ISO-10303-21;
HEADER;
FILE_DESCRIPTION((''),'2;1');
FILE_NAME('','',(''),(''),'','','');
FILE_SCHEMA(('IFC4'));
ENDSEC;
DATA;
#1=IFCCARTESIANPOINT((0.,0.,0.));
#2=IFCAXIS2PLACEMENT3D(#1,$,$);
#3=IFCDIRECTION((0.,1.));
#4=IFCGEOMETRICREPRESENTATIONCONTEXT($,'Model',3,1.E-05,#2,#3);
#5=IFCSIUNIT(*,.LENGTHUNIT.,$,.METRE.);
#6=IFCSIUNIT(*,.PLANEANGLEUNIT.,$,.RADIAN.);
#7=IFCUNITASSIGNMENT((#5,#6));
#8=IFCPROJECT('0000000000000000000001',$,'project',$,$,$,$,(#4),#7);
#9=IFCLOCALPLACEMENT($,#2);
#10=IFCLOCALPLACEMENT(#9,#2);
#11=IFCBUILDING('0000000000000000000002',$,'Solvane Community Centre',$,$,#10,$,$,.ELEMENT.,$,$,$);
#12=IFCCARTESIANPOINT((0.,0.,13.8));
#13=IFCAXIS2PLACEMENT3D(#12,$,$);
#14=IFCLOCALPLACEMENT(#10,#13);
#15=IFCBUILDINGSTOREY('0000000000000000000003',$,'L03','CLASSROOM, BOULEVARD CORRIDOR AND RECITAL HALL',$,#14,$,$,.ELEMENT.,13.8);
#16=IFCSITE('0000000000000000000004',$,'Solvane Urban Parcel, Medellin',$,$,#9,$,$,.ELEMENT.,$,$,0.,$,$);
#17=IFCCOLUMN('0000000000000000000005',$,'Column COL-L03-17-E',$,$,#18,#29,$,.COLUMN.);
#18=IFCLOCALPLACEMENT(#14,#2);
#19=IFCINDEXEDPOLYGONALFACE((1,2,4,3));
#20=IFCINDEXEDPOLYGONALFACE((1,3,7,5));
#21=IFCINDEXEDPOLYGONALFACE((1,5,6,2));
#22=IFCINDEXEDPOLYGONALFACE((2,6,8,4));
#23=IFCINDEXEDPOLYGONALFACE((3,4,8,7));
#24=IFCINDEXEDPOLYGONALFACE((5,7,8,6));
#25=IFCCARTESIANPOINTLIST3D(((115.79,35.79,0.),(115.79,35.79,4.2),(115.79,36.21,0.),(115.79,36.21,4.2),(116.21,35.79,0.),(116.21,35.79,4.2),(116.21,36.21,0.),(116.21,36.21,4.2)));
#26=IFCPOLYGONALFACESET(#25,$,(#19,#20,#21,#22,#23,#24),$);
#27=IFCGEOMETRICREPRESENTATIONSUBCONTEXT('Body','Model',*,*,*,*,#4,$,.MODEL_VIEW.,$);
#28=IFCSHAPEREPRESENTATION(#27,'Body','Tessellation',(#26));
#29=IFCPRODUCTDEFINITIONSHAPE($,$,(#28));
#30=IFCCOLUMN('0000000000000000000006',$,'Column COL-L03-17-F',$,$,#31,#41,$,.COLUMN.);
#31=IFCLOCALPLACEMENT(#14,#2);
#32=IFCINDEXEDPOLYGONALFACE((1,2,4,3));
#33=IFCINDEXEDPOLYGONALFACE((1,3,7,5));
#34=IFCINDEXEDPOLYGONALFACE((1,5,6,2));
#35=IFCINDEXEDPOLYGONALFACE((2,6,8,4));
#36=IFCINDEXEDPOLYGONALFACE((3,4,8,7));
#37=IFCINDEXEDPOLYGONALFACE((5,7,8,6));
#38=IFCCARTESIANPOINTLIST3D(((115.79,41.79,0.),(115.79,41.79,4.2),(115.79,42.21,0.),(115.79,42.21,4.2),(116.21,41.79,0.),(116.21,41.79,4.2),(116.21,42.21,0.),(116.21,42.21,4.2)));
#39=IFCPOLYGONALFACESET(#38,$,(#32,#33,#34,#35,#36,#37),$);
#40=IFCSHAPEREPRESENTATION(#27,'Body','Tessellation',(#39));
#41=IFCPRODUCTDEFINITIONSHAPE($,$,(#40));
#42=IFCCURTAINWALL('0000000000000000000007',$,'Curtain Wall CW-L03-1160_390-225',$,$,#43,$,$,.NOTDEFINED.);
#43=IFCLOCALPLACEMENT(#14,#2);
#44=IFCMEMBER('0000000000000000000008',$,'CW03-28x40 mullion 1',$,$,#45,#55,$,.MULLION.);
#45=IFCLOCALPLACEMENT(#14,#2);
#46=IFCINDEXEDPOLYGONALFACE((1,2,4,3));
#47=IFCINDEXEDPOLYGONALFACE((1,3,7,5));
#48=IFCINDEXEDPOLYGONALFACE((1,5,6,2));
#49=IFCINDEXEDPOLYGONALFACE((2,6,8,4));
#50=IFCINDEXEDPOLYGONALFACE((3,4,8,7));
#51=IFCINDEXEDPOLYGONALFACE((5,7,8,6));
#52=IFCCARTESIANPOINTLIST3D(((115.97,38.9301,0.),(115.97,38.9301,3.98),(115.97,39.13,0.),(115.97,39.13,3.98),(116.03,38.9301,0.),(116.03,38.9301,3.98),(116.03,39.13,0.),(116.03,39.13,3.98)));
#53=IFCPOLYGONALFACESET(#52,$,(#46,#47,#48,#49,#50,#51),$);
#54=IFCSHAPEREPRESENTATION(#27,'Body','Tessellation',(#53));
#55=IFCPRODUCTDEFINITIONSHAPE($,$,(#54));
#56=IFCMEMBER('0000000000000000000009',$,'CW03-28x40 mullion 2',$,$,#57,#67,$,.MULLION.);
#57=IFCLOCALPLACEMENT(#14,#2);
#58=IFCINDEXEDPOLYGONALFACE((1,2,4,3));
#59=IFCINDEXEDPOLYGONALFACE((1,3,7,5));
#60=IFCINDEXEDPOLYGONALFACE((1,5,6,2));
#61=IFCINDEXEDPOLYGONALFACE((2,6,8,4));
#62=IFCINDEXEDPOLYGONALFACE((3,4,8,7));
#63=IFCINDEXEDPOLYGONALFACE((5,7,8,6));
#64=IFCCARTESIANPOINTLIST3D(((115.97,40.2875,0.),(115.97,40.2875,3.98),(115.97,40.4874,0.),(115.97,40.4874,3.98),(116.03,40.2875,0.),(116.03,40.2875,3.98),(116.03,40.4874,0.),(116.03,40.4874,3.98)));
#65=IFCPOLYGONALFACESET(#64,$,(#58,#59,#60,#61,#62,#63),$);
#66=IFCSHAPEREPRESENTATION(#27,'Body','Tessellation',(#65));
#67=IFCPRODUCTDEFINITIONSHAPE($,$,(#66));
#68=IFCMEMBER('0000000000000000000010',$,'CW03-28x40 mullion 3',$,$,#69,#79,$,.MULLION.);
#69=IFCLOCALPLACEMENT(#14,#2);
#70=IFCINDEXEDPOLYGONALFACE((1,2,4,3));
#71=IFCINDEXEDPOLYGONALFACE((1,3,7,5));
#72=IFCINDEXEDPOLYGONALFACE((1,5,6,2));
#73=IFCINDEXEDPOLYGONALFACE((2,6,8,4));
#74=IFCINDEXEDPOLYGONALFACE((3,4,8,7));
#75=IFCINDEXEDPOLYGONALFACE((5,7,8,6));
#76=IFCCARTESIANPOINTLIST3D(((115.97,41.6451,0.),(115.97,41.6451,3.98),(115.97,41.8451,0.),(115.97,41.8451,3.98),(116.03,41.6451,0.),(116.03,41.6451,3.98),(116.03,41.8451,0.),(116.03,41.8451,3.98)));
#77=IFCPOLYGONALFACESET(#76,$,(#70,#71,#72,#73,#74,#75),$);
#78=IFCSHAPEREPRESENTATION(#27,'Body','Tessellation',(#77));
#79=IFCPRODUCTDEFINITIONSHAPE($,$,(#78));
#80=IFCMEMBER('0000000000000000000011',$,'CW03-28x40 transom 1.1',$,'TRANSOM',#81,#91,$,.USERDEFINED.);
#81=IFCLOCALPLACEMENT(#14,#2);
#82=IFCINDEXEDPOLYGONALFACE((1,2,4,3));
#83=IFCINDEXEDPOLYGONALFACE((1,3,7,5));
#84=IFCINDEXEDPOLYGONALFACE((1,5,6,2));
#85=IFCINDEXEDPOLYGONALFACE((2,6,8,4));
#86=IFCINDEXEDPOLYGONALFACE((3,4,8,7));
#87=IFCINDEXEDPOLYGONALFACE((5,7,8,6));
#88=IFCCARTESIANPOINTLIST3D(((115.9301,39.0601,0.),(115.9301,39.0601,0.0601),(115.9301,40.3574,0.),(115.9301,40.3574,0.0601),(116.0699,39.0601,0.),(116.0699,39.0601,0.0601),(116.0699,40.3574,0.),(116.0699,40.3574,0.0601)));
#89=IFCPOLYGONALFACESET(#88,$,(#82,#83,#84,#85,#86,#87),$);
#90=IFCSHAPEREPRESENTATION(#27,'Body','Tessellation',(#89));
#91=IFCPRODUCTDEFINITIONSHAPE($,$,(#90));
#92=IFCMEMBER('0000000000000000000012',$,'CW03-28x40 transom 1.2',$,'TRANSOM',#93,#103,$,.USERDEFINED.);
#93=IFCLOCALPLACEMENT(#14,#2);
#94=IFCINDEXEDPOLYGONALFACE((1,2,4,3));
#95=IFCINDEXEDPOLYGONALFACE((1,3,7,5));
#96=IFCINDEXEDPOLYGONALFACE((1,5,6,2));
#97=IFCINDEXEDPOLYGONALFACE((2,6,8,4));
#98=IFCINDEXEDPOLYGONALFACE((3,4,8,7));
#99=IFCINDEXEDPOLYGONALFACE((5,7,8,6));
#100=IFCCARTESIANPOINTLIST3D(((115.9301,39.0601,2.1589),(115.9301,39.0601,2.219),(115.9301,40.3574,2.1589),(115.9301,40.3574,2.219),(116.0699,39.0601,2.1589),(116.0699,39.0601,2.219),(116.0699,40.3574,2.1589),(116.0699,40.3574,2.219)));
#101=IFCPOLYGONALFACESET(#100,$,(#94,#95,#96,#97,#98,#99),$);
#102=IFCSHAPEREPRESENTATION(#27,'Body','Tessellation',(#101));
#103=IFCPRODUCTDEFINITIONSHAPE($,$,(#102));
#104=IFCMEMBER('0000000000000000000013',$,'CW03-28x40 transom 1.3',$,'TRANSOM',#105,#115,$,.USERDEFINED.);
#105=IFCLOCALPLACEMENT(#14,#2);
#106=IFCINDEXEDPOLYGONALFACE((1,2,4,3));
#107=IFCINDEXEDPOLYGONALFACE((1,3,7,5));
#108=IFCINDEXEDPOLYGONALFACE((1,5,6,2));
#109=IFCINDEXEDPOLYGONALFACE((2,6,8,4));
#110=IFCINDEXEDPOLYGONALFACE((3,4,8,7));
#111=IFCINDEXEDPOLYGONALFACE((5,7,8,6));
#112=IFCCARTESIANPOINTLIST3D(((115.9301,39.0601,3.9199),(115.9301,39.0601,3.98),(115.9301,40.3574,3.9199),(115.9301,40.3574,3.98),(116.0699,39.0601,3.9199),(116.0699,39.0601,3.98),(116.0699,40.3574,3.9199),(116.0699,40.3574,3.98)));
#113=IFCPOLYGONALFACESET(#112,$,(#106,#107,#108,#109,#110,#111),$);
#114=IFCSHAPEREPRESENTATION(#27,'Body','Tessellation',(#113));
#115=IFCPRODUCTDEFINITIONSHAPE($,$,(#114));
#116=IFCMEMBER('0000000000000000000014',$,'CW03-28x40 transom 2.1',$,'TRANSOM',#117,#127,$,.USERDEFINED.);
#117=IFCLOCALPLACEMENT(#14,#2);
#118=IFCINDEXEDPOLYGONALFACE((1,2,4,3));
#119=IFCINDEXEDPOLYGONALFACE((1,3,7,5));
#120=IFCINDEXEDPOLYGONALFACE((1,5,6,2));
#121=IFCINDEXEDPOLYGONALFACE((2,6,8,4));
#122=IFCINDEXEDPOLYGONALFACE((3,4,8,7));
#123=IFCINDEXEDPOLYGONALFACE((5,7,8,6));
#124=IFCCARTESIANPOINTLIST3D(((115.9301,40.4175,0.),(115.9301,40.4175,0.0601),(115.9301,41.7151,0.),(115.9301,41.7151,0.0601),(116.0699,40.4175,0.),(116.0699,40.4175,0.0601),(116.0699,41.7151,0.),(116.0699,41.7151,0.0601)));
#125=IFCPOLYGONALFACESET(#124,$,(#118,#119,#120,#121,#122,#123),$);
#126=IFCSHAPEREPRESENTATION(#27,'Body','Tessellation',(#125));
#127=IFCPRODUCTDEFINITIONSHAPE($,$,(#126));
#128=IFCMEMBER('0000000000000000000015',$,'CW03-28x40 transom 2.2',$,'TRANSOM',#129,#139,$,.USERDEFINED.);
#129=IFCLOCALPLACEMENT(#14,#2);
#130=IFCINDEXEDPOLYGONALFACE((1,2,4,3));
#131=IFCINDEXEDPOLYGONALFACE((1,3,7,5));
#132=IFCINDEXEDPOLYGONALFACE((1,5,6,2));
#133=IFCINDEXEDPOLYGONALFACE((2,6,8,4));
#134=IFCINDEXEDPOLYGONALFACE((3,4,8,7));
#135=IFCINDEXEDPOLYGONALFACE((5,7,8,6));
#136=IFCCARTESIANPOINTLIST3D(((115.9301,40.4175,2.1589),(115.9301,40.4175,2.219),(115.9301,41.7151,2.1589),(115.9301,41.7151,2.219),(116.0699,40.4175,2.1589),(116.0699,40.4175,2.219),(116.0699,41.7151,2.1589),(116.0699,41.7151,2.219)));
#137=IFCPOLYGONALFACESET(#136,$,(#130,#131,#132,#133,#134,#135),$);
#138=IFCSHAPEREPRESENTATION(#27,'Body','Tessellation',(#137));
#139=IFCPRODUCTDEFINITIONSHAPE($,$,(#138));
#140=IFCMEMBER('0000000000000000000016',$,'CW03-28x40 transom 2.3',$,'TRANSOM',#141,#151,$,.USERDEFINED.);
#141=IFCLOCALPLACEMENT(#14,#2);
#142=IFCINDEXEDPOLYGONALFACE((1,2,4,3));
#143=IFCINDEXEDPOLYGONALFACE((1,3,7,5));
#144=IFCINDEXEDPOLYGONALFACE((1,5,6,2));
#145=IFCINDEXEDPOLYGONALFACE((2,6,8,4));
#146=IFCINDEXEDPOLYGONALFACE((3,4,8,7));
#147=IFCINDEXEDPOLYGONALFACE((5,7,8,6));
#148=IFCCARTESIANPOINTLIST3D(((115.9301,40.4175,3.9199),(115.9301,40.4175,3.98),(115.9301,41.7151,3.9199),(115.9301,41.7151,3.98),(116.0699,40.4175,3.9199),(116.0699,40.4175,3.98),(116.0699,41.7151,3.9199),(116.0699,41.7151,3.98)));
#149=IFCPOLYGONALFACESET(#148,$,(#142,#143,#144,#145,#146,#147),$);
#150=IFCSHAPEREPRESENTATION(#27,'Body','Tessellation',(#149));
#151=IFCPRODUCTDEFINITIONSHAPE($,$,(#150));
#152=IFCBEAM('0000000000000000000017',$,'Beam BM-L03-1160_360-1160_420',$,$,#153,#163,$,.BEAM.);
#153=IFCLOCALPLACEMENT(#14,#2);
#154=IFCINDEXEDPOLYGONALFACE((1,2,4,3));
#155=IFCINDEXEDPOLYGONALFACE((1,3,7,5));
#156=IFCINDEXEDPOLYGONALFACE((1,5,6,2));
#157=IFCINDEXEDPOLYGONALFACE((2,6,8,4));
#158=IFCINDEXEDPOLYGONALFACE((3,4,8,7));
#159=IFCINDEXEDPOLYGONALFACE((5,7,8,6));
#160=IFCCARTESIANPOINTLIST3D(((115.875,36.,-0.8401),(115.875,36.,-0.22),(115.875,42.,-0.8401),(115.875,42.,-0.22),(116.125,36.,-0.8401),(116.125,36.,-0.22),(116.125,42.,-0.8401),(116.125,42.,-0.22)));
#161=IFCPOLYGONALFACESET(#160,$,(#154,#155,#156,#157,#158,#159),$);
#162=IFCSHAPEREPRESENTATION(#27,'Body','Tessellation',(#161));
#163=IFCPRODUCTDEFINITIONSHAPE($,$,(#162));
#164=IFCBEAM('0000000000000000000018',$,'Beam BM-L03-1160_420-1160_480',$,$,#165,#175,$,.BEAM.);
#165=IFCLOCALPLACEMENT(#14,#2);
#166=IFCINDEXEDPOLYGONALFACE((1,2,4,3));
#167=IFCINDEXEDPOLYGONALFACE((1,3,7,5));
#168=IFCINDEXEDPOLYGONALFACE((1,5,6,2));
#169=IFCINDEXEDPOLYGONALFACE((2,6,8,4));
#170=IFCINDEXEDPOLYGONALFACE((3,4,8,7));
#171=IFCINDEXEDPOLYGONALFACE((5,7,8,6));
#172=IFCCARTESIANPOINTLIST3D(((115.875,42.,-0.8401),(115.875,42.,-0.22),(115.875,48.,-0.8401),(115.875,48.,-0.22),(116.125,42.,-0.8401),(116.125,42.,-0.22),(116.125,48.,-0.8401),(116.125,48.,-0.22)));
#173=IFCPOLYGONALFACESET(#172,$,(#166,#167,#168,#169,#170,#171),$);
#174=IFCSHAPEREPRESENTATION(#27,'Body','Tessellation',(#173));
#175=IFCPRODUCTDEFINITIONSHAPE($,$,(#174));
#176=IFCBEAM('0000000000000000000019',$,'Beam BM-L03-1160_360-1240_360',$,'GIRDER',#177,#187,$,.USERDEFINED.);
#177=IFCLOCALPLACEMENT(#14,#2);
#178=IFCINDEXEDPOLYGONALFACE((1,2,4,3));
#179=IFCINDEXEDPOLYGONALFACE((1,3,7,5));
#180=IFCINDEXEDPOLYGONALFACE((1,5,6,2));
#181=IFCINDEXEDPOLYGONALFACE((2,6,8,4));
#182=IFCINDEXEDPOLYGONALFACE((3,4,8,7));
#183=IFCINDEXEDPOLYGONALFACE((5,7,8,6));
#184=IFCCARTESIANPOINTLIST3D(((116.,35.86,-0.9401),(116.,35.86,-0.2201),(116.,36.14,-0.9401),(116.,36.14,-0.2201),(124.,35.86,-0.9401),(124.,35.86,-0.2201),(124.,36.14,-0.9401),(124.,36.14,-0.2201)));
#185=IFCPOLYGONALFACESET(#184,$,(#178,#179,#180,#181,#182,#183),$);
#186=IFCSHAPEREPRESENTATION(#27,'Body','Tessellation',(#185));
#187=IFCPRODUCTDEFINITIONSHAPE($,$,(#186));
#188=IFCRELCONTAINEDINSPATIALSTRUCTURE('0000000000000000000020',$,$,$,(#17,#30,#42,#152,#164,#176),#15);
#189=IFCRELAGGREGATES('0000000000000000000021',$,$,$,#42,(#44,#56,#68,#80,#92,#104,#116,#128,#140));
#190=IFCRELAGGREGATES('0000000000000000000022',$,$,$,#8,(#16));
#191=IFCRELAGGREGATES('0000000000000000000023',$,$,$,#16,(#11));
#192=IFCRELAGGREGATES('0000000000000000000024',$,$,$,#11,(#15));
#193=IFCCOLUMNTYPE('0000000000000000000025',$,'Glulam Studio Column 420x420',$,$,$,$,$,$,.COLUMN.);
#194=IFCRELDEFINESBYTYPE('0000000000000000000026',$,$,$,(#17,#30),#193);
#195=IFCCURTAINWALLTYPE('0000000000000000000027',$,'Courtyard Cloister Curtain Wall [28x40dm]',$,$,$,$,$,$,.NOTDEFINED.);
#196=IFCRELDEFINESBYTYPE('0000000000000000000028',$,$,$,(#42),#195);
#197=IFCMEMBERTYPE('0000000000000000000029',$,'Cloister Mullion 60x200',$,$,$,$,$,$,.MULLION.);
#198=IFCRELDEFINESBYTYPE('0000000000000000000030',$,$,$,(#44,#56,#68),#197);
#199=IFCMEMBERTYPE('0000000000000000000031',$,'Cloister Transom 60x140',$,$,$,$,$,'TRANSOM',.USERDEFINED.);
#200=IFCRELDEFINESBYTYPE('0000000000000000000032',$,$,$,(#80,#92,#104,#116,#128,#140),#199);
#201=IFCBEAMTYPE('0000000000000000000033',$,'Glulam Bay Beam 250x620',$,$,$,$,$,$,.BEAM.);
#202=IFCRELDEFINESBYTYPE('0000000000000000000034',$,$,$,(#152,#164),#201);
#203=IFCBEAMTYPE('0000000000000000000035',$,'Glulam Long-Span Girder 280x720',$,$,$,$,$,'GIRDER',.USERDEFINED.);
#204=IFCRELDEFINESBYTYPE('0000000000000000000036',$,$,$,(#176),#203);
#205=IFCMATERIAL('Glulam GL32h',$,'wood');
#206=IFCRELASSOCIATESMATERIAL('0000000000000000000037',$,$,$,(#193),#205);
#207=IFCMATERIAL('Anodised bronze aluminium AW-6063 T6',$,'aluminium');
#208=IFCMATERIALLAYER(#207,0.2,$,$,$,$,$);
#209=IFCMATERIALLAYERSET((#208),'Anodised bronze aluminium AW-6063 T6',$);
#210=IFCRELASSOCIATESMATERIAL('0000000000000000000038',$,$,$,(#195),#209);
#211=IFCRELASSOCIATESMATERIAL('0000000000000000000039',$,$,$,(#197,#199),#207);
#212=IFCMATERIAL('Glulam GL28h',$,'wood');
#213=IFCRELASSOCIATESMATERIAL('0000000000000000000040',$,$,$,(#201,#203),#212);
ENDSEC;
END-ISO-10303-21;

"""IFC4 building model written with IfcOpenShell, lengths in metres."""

from ifc_helpers import new_model, si_unit, direction, frame, origin, origin_2d, place, context, subcontext, project, spatial, rectangle, extrude, material, layer, layer_set, material_profile, profile_set, type_object, element, aggregate, save


model = new_model("IFC4")

# Units and contexts
model_context = context("Model", 3, precision=1e-05, world=origin(), true_north=direction((0.0, 1.0)))
body_context = subcontext(model_context, "Body", "Model", "MODEL_VIEW")
ifc_project = project(units=[si_unit("LENGTHUNIT", "METRE"), si_unit("PLANEANGLEUNIT", "RADIAN")], contexts=[model_context])

# Site, building, storey
site_placement = place(None, origin())
site = spatial("IfcSite", under=ifc_project, at=site_placement, Name="Solvane Urban Parcel, Medellin", CompositionType="ELEMENT", RefElevation=0.0)
building_placement = place(site_placement, origin())
building = spatial("IfcBuilding", under=site, at=building_placement, Name="Solvane Community Centre", CompositionType="ELEMENT")
storey_placement = place(building_placement, frame((0.0, 0.0, 13.8)))
storey = spatial("IfcBuildingStorey", under=building, at=storey_placement, Name="L03", Description="CLASSROOM, BOULEVARD CORRIDOR AND RECITAL HALL", CompositionType="ELEMENT", Elevation=13.8)

# Columns
ifc_material_1 = material(Name="Glulam GL32h", Category="wood")
ifc_material_profile_1 = material_profile(ifc_material_1, rectangle(XDim=0.4199, YDim=0.4199, at=origin_2d()), Name="GL32h 420x420")
ifc_profile_set_1 = profile_set([ifc_material_profile_1], Name="Glulam GL32h")
column_type = type_object("IfcColumnType", Name="Glulam Studio Column 420x420", PredefinedType="COLUMN", material=ifc_profile_set_1)
for number, where, z_axis, x_axis, name in (
    (1, (116.0, 36.0, 0.0), (0.0, 0.0, 1.0), (1.0, 0.0, 0.0), "Column COL-L03-17-E"),
    (2, (116.0, 42.0, 0.0), (0.0, 0.0, 1.0), (1.0, 0.0, 0.0), "Column COL-L03-17-F"),
):
    element("IfcColumn", number, at=place(storey_placement, frame(where, z_axis=z_axis, x_axis=x_axis)), inside=storey, type_object=column_type, Name=name, PredefinedType="COLUMN", context=body_context, shape_type="SweptSolid", body=[
        extrude(rectangle(XDim=0.4199, YDim=0.4199, at=origin_2d()), origin(), (0.0, 0.0, 1.0), 4.2),
    ])

# Curtain wall, members
ifc_material_2 = material(Name="Anodised bronze aluminium AW-6063 T6", Category="aluminium")
ifc_layer_1 = layer(ifc_material_2, 0.2)
ifc_layer_set_1 = layer_set([ifc_layer_1], Name="Anodised bronze aluminium AW-6063 T6")
curtain_wall_type = type_object("IfcCurtainWallType", Name="Courtyard Cloister Curtain Wall [28x40dm]", PredefinedType="NOTDEFINED", material=ifc_layer_set_1)
curtain_wall_placement = place(storey_placement, origin())
curtain_wall = element("IfcCurtainWall", 3, at=curtain_wall_placement, inside=storey, type_object=curtain_wall_type, Name="Curtain Wall CW-L03-1160_390-225", PredefinedType="NOTDEFINED")
ifc_material_profile_2 = material_profile(ifc_material_2, rectangle(XDim=0.0601, YDim=0.2, at=origin_2d()), Name="CW-M 60x200")
ifc_profile_set_2 = profile_set([ifc_material_profile_2], Name="Anodised bronze aluminium AW-6063 T6")
member_type_1 = type_object("IfcMemberType", Name="Cloister Mullion 60x200", PredefinedType="MULLION", material=ifc_profile_set_2)
member_1_placement = place(storey_placement, frame((116.0, 39.03, 0.0), z_axis=(0.0, 0.0, 1.0), x_axis=(-1.0, 0.0, 0.0)))
member_1 = element("IfcMember", 4, at=member_1_placement, type_object=member_type_1, Name="CW03-28x40 mullion 1", PredefinedType="MULLION", context=body_context, shape_type="SweptSolid", body=[
    extrude(rectangle(XDim=0.0601, YDim=0.2, at=origin_2d()), origin(), (0.0, 0.0, 1.0), 3.98),
])
member_2_placement = place(storey_placement, frame((116.0, 40.3875, 0.0), z_axis=(0.0, 0.0, 1.0), x_axis=(-1.0, 0.0, 0.0)))
member_2 = element("IfcMember", 5, at=member_2_placement, type_object=member_type_1, Name="CW03-28x40 mullion 2", PredefinedType="MULLION", context=body_context, shape_type="SweptSolid", body=[
    extrude(rectangle(XDim=0.0601, YDim=0.2, at=origin_2d()), origin(), (0.0, 0.0, 1.0), 3.98),
])
member_3_placement = place(storey_placement, frame((116.0, 41.7451, 0.0), z_axis=(0.0, 0.0, 1.0), x_axis=(-1.0, 0.0, 0.0)))
member_3 = element("IfcMember", 6, at=member_3_placement, type_object=member_type_1, Name="CW03-28x40 mullion 3", PredefinedType="MULLION", context=body_context, shape_type="SweptSolid", body=[
    extrude(rectangle(XDim=0.0601, YDim=0.2, at=origin_2d()), origin(), (0.0, 0.0, 1.0), 3.98),
])
ifc_material_profile_3 = material_profile(ifc_material_2, rectangle(XDim=0.1399, YDim=0.0601, at=origin_2d()), Name="CW-T 60x140")
ifc_profile_set_3 = profile_set([ifc_material_profile_3], Name="Anodised bronze aluminium AW-6063 T6")
member_type_2 = type_object("IfcMemberType", Name="Cloister Transom 60x140", ElementType="TRANSOM", PredefinedType="USERDEFINED", material=ifc_profile_set_3)
member_4_placement = place(storey_placement, frame((116.0, 39.0601, 0.03), z_axis=(0.0, 1.0, 0.0), x_axis=(-1.0, 0.0, 0.0)))
member_4 = element("IfcMember", 7, at=member_4_placement, type_object=member_type_2, Name="CW03-28x40 transom 1.1", ObjectType="TRANSOM", PredefinedType="USERDEFINED", context=body_context, shape_type="SweptSolid", body=[
    extrude(rectangle(XDim=0.1399, YDim=0.0601, at=origin_2d()), origin(), (0.0, 0.0, 1.0), 1.2974),
])
member_5_placement = place(storey_placement, frame((116.0, 39.0601, 2.189), z_axis=(0.0, 1.0, 0.0), x_axis=(-1.0, 0.0, 0.0)))
member_5 = element("IfcMember", 8, at=member_5_placement, type_object=member_type_2, Name="CW03-28x40 transom 1.2", ObjectType="TRANSOM", PredefinedType="USERDEFINED", context=body_context, shape_type="SweptSolid", body=[
    extrude(rectangle(XDim=0.1399, YDim=0.0601, at=origin_2d()), origin(), (0.0, 0.0, 1.0), 1.2974),
])
member_6_placement = place(storey_placement, frame((116.0, 39.0601, 3.95), z_axis=(0.0, 1.0, 0.0), x_axis=(-1.0, 0.0, 0.0)))
member_6 = element("IfcMember", 9, at=member_6_placement, type_object=member_type_2, Name="CW03-28x40 transom 1.3", ObjectType="TRANSOM", PredefinedType="USERDEFINED", context=body_context, shape_type="SweptSolid", body=[
    extrude(rectangle(XDim=0.1399, YDim=0.0601, at=origin_2d()), origin(), (0.0, 0.0, 1.0), 1.2974),
])
member_7_placement = place(storey_placement, frame((116.0, 40.4175, 0.03), z_axis=(0.0, 1.0, 0.0), x_axis=(-1.0, 0.0, 0.0)))
member_7 = element("IfcMember", 10, at=member_7_placement, type_object=member_type_2, Name="CW03-28x40 transom 2.1", ObjectType="TRANSOM", PredefinedType="USERDEFINED", context=body_context, shape_type="SweptSolid", body=[
    extrude(rectangle(XDim=0.1399, YDim=0.0601, at=origin_2d()), origin(), (0.0, 0.0, 1.0), 1.2976),
])
member_8_placement = place(storey_placement, frame((116.0, 40.4175, 2.189), z_axis=(0.0, 1.0, 0.0), x_axis=(-1.0, 0.0, 0.0)))
member_8 = element("IfcMember", 11, at=member_8_placement, type_object=member_type_2, Name="CW03-28x40 transom 2.2", ObjectType="TRANSOM", PredefinedType="USERDEFINED", context=body_context, shape_type="SweptSolid", body=[
    extrude(rectangle(XDim=0.1399, YDim=0.0601, at=origin_2d()), origin(), (0.0, 0.0, 1.0), 1.2976),
])
member_9_placement = place(storey_placement, frame((116.0, 40.4175, 3.95), z_axis=(0.0, 1.0, 0.0), x_axis=(-1.0, 0.0, 0.0)))
member_9 = element("IfcMember", 12, at=member_9_placement, type_object=member_type_2, Name="CW03-28x40 transom 2.3", ObjectType="TRANSOM", PredefinedType="USERDEFINED", context=body_context, shape_type="SweptSolid", body=[
    extrude(rectangle(XDim=0.1399, YDim=0.0601, at=origin_2d()), origin(), (0.0, 0.0, 1.0), 1.2976),
])

# Beams
ifc_material_3 = material(Name="Glulam GL28h", Category="wood")
ifc_material_profile_4 = material_profile(ifc_material_3, rectangle(XDim=0.25, YDim=0.6201, at=origin_2d()), Name="GL28h 250x620")
ifc_profile_set_4 = profile_set([ifc_material_profile_4], Name="Glulam GL28h")
beam_type_1 = type_object("IfcBeamType", Name="Glulam Bay Beam 250x620", PredefinedType="BEAM", material=ifc_profile_set_4)
for number, where, z_axis, x_axis, name in (
    (13, (116.0, 36.0, -0.53), (0.0, 1.0, 0.0), (-1.0, 0.0, 0.0), "Beam BM-L03-1160_360-1160_420"),
    (14, (116.0, 42.0, -0.53), (0.0, 1.0, 0.0), (-1.0, 0.0, 0.0), "Beam BM-L03-1160_420-1160_480"),
):
    element("IfcBeam", number, at=place(storey_placement, frame(where, z_axis=z_axis, x_axis=x_axis)), inside=storey, type_object=beam_type_1, Name=name, PredefinedType="BEAM", context=body_context, shape_type="SweptSolid", body=[
        extrude(rectangle(XDim=0.25, YDim=0.6201, at=origin_2d()), origin(), (0.0, 0.0, 1.0), 6.0),
    ])
ifc_material_profile_5 = material_profile(ifc_material_3, rectangle(XDim=0.28, YDim=0.72, at=origin_2d()), Name="GL28h 280x720")
ifc_profile_set_5 = profile_set([ifc_material_profile_5], Name="Glulam GL28h")
beam_type_2 = type_object("IfcBeamType", Name="Glulam Long-Span Girder 280x720", ElementType="GIRDER", PredefinedType="USERDEFINED", material=ifc_profile_set_5)
for number, where, z_axis, x_axis, name in (
    (15, (116.0, 36.0, -0.5801), (1.0, 0.0, 0.0), (0.0, 1.0, 0.0), "Beam BM-L03-1160_360-1240_360"),
):
    element("IfcBeam", number, at=place(storey_placement, frame(where, z_axis=z_axis, x_axis=x_axis)), inside=storey, type_object=beam_type_2, Name=name, ObjectType="GIRDER", PredefinedType="USERDEFINED", context=body_context, shape_type="SweptSolid", body=[
        extrude(rectangle(XDim=0.28, YDim=0.72, at=origin_2d()), origin(), (0.0, 0.0, 1.0), 8.0),
    ])

aggregate(curtain_wall, [member_1, member_2, member_3, member_4, member_5, member_6, member_7, member_8, member_9])

save(model, "model.ifc")
